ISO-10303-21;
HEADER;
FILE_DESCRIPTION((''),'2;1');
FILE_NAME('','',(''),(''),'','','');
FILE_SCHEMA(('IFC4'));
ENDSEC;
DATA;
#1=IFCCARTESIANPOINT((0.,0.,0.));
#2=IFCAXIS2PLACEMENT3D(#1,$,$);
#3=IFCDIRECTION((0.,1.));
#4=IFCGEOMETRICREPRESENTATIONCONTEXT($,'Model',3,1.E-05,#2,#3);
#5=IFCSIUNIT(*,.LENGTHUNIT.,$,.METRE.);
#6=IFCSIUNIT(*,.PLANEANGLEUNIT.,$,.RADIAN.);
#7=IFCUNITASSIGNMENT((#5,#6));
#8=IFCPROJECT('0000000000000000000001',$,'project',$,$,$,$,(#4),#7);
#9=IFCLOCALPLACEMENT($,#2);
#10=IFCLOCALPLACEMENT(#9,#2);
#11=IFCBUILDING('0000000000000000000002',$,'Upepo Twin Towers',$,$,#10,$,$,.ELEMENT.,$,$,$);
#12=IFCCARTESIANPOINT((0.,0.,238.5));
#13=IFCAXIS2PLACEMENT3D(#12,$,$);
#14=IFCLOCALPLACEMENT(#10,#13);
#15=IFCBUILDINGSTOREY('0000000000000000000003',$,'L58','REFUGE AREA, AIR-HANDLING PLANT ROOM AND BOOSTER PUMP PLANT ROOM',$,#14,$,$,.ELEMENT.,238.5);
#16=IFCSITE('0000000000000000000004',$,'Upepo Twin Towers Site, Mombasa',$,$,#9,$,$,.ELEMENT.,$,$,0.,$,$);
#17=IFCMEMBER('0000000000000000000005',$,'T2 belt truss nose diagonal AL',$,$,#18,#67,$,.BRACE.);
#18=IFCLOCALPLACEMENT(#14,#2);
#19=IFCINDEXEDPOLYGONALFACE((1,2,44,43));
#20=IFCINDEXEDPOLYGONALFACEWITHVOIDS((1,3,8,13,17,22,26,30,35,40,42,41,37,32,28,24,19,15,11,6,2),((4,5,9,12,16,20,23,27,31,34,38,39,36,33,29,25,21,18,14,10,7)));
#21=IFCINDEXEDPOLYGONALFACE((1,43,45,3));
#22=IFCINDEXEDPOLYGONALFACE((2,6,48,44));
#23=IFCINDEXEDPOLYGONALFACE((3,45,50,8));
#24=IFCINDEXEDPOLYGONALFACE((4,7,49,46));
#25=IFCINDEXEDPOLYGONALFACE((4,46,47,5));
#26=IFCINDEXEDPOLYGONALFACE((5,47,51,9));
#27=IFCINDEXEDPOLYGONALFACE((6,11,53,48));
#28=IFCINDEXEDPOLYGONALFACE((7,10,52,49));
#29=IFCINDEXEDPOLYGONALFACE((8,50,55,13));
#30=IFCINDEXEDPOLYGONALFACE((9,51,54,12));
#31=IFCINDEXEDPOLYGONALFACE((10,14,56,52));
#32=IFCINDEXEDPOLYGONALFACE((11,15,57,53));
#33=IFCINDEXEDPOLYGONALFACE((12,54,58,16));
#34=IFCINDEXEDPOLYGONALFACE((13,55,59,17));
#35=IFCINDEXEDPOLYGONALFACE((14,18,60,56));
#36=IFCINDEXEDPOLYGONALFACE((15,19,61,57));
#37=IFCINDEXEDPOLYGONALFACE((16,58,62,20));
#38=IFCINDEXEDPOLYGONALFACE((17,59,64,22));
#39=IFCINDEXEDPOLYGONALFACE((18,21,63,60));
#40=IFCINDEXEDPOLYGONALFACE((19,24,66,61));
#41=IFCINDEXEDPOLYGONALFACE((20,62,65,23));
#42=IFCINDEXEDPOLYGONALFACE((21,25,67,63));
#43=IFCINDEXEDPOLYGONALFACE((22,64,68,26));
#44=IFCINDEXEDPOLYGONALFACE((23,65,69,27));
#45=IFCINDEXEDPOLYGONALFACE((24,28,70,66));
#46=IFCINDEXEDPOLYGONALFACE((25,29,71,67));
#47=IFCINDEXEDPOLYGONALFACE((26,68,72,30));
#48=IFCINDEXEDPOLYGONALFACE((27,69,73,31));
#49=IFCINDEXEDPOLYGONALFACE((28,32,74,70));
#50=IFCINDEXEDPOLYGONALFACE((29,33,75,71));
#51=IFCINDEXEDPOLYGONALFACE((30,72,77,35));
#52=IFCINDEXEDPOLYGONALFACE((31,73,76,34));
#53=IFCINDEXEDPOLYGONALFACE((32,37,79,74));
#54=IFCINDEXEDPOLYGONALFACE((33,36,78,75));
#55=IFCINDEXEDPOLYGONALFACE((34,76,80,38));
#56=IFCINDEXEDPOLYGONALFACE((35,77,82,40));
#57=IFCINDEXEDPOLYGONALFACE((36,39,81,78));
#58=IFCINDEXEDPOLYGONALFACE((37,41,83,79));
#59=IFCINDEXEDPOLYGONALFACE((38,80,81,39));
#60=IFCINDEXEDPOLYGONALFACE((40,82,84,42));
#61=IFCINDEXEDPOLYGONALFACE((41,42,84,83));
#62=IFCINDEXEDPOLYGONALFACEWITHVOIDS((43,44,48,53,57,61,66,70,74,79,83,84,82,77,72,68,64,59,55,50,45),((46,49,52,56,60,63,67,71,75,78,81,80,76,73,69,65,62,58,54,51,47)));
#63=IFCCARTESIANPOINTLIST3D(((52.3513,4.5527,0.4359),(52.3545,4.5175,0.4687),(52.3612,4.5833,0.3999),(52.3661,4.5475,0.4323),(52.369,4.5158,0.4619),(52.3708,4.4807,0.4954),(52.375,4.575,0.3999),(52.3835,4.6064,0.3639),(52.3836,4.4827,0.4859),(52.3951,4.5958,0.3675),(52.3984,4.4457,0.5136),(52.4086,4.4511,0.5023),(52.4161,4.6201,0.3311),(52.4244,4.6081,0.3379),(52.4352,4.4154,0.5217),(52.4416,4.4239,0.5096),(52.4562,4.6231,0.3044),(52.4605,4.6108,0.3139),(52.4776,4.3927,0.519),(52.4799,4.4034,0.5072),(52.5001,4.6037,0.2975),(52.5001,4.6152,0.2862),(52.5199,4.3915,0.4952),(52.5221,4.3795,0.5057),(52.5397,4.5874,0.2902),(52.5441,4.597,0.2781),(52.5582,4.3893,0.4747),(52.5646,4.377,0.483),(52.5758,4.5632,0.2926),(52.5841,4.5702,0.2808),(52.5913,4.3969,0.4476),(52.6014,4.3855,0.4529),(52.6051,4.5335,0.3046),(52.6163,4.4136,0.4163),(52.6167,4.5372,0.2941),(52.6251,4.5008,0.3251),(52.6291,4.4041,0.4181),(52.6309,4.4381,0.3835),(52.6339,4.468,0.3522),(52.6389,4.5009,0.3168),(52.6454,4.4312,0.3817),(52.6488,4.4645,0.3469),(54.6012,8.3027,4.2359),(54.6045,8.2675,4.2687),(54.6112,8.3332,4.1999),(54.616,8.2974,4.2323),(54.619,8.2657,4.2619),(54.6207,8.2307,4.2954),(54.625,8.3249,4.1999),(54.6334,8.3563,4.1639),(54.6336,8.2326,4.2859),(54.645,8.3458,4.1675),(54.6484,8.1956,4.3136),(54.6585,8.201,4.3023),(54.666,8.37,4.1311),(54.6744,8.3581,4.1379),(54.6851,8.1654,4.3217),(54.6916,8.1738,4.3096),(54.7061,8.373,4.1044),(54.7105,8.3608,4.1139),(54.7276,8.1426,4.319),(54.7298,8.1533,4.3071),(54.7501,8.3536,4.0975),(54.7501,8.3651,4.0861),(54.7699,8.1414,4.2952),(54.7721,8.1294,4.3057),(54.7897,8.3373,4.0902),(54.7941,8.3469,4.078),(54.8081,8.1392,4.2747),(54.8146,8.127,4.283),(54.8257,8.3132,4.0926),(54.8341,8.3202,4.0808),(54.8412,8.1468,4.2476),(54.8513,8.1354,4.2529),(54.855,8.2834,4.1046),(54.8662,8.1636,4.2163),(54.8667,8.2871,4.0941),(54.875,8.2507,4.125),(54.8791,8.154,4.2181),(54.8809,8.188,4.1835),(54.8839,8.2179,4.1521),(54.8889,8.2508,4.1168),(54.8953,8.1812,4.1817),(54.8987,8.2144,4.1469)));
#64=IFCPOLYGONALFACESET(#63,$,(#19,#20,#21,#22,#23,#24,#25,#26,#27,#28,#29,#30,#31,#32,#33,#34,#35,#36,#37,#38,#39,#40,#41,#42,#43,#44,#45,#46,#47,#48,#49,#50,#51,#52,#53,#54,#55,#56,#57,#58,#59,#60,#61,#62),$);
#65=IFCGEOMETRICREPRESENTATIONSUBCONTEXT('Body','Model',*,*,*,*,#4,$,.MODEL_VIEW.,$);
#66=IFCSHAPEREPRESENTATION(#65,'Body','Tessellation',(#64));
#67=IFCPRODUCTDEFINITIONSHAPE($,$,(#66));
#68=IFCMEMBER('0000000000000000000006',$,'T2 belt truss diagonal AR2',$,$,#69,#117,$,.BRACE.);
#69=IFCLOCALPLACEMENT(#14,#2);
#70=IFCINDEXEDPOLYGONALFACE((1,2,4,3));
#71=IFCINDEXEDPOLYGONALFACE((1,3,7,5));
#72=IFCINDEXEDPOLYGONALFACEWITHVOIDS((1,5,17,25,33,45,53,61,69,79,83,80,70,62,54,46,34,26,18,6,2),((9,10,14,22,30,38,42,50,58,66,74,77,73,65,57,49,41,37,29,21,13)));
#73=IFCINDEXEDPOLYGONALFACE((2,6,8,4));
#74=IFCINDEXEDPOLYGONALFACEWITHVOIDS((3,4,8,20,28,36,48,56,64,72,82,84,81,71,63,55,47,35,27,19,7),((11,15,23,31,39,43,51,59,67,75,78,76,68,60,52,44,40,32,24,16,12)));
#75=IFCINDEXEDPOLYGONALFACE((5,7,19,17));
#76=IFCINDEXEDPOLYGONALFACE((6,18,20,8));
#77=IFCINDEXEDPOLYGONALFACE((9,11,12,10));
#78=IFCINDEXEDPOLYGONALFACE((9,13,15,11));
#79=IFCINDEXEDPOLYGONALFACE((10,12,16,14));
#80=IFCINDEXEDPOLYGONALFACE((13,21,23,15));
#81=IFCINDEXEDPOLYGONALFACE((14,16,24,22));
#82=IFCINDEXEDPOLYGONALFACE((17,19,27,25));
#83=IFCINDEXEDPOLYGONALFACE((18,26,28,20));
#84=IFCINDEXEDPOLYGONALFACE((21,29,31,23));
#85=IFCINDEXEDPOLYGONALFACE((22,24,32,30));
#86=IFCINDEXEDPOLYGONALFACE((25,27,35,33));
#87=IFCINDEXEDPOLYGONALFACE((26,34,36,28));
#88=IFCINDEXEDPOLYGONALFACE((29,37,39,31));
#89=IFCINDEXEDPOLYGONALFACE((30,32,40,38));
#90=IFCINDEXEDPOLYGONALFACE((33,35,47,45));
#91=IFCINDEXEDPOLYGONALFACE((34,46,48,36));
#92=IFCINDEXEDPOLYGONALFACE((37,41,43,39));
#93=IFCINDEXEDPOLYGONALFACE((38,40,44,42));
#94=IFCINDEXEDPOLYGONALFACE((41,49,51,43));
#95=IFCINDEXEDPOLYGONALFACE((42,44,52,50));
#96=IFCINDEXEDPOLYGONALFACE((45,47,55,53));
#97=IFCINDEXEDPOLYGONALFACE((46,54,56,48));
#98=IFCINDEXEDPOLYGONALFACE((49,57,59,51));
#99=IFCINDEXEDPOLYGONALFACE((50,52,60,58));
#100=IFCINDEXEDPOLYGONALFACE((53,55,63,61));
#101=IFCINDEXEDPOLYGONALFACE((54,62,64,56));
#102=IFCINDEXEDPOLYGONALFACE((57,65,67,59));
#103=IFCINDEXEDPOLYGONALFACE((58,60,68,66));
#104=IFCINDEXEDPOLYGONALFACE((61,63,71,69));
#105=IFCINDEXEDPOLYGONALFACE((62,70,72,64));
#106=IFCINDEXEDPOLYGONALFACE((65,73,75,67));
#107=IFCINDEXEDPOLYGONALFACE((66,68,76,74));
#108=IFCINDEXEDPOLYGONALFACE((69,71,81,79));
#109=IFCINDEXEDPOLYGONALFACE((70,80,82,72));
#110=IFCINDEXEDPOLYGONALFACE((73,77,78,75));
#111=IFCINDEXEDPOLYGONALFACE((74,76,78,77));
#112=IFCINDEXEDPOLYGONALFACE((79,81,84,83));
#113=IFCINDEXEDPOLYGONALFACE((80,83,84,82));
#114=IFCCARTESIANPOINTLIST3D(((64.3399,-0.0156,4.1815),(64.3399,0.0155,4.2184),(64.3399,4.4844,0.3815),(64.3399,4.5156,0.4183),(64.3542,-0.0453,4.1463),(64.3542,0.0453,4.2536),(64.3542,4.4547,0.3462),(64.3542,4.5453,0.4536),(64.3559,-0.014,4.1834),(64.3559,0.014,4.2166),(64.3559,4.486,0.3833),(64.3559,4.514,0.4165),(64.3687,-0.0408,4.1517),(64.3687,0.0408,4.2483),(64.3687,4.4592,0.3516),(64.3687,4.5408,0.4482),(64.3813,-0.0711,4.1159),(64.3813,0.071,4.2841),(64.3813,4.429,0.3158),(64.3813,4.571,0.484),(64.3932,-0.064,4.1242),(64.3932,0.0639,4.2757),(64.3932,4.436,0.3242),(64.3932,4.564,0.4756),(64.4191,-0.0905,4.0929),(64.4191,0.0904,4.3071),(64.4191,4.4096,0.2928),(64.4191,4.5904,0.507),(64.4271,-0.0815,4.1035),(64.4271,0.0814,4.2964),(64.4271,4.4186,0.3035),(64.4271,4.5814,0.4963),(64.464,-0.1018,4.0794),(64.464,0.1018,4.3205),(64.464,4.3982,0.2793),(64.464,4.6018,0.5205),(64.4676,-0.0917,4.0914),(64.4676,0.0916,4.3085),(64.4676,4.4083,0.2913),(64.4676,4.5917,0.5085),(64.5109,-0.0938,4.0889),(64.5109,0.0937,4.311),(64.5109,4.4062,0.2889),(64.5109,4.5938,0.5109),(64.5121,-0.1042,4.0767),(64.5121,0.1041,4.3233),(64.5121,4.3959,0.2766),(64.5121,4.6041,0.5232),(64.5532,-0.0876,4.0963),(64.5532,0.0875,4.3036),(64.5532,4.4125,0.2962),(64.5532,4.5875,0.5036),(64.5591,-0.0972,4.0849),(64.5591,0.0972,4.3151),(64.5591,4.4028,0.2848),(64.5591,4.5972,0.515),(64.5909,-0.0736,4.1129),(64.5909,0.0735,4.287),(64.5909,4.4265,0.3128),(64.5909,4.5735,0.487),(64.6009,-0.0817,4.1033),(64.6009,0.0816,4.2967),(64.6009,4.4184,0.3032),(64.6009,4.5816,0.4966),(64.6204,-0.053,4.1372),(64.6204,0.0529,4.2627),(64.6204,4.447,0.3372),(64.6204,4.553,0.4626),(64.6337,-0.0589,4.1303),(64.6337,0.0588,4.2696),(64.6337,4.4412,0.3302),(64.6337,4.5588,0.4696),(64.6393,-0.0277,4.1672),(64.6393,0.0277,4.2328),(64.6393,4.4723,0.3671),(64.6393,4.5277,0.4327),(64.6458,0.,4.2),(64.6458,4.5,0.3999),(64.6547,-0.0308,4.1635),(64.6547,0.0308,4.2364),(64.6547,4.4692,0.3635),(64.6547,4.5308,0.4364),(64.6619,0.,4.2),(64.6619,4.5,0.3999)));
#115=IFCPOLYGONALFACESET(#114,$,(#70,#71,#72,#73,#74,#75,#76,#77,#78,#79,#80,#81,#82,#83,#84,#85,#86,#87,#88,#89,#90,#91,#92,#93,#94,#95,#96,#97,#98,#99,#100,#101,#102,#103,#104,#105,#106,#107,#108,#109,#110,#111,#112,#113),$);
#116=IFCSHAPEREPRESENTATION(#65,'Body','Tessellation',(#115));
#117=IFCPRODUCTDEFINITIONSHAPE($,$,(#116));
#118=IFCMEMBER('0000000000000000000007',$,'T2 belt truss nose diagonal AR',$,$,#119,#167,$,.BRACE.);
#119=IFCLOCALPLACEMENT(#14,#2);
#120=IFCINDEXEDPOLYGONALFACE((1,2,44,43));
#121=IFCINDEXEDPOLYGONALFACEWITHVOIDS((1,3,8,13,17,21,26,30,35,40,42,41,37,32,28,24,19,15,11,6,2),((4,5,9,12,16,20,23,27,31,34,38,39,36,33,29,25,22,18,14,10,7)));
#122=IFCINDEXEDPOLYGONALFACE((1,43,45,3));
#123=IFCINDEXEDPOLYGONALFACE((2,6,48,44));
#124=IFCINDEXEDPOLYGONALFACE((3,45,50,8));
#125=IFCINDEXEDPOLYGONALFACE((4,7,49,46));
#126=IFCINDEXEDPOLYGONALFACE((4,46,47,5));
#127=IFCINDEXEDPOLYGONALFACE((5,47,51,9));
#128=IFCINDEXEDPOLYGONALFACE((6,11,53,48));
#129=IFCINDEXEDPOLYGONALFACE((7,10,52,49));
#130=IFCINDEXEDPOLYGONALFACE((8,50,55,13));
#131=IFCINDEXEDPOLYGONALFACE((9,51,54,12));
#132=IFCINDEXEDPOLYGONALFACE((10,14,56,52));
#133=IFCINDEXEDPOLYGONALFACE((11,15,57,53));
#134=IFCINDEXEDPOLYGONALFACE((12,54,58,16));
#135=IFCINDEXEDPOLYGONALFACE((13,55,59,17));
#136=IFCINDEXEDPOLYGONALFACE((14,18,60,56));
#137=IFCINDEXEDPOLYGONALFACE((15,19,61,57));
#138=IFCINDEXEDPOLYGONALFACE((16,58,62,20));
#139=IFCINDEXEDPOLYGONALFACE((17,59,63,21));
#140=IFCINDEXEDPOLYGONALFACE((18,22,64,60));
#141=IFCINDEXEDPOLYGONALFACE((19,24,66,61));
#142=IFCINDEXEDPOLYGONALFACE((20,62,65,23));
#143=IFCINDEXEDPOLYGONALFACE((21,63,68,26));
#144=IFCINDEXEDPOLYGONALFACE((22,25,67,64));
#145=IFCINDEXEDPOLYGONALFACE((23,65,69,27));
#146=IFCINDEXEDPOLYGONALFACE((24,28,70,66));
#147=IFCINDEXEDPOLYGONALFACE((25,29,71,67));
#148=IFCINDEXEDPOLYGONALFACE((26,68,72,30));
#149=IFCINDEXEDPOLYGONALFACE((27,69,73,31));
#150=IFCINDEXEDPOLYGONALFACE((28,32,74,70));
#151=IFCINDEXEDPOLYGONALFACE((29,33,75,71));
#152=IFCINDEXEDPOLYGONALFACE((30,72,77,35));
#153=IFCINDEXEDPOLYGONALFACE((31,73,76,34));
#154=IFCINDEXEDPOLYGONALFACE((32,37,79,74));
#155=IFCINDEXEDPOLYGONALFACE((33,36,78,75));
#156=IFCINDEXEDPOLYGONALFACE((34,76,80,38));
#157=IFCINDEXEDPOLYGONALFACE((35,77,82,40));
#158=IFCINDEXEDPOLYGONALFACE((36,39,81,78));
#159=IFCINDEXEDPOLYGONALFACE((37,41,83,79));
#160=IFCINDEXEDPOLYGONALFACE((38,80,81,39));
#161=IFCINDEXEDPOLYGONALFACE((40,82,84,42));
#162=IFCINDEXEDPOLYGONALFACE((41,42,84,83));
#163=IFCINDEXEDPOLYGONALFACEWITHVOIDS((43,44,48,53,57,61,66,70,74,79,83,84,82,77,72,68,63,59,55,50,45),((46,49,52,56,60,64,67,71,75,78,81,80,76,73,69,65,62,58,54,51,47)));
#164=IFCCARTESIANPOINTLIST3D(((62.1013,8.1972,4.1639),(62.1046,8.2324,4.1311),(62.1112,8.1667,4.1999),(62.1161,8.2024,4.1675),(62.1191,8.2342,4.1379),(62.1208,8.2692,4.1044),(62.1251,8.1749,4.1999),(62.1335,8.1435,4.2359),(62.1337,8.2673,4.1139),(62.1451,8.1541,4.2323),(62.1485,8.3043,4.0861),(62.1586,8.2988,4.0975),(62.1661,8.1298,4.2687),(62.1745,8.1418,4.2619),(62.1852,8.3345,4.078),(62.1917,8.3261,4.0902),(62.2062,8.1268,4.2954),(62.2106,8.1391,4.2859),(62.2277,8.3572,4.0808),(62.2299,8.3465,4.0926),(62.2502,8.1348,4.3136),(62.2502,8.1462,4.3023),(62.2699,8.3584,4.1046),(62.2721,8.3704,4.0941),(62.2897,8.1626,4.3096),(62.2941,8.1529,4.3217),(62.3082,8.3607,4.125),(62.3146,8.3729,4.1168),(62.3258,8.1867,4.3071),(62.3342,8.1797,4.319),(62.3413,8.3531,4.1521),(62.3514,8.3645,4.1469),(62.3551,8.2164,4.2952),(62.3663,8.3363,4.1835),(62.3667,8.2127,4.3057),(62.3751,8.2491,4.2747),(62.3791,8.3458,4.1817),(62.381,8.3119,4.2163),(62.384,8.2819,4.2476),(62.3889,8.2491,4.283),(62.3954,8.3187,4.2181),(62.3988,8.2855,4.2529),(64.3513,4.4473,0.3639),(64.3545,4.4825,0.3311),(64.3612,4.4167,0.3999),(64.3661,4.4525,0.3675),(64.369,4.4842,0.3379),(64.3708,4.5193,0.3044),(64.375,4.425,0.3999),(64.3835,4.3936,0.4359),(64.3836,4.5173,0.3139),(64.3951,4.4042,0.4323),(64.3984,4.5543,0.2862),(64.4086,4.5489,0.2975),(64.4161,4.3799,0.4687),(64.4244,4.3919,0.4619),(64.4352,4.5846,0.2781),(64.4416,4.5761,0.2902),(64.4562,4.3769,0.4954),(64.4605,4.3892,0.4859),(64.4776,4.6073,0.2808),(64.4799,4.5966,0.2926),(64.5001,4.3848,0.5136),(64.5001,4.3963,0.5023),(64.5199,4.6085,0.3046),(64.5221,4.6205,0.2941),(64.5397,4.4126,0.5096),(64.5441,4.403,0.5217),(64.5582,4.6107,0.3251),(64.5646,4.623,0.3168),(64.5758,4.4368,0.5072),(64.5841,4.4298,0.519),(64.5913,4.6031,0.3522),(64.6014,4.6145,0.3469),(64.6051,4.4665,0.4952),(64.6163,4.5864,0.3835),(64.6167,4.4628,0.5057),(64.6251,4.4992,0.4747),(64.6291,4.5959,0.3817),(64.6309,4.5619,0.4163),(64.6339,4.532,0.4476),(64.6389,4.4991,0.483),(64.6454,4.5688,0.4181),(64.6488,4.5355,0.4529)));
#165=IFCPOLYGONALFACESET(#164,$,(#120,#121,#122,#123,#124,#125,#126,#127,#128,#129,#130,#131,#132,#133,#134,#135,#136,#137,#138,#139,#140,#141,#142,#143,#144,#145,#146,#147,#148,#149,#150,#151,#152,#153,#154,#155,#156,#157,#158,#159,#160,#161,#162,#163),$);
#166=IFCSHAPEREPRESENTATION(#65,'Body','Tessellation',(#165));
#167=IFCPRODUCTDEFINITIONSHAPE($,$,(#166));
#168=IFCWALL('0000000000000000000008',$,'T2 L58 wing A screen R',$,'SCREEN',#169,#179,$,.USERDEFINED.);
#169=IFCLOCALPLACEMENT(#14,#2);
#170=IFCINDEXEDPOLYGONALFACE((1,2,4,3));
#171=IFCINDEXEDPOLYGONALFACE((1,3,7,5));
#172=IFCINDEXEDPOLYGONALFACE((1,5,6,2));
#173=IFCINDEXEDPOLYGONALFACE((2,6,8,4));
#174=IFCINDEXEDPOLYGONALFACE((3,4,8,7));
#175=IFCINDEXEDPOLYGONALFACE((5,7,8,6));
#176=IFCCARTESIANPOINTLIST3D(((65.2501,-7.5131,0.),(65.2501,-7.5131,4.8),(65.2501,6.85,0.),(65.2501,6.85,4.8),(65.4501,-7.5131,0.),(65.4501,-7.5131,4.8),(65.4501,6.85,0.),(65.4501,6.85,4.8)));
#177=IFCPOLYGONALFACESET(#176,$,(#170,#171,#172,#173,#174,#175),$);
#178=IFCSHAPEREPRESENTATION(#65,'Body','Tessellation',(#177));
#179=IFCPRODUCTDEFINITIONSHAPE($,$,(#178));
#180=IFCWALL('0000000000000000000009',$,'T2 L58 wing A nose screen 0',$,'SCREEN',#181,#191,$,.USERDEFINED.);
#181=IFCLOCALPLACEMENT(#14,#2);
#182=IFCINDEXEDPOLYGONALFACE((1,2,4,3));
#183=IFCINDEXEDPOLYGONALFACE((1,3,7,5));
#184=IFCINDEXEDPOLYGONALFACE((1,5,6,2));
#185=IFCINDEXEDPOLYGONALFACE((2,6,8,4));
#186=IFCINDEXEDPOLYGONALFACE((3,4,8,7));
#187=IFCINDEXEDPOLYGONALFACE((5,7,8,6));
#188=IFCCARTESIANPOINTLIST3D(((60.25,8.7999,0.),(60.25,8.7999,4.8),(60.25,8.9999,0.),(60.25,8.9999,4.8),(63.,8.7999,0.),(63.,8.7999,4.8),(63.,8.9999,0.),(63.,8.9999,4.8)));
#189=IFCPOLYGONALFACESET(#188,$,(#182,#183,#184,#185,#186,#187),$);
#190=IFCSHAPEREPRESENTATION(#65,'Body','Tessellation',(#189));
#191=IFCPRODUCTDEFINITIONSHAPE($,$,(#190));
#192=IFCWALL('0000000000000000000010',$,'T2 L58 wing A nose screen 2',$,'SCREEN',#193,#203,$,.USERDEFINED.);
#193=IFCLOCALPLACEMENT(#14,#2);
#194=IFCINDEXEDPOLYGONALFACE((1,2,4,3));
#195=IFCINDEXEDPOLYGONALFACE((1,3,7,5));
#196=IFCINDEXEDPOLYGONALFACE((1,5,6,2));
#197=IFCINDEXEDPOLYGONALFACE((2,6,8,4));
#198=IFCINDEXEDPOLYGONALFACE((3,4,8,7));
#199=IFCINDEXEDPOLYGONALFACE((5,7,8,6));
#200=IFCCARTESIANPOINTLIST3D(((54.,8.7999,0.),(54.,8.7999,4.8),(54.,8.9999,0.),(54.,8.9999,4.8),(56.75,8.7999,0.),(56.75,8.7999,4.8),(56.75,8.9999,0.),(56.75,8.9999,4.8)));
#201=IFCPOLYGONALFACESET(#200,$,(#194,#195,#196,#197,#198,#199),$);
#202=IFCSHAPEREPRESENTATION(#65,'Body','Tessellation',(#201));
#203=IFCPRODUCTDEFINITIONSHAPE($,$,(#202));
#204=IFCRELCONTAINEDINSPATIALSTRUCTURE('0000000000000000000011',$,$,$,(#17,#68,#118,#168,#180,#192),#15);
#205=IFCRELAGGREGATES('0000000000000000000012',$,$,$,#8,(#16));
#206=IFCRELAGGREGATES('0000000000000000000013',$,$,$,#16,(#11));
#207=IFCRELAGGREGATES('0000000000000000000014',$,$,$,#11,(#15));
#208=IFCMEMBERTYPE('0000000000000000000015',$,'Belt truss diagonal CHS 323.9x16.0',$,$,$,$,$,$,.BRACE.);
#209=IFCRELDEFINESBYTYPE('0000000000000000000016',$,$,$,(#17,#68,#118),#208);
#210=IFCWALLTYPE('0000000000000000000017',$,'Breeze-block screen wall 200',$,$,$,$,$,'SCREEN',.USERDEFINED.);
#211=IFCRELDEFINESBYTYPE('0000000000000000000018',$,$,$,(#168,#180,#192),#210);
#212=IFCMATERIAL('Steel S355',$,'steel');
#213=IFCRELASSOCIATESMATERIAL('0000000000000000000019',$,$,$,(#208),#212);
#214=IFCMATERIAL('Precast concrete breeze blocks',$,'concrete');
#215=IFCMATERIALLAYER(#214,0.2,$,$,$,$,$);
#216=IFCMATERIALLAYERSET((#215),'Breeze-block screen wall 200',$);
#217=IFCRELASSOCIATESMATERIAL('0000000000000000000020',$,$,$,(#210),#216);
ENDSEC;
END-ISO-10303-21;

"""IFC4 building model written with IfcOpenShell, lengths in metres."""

from ifc_helpers import new_model, si_unit, direction, frame, frame_2d, origin, origin_2d, place, context, subcontext, project, spatial, rectangle, hollow_circle, extrude, material, layer, layer_set, material_profile, profile_set, type_object, element, save


model = new_model("IFC4")

# Units and contexts
model_context = context("Model", 3, precision=1e-05, world=origin(), true_north=direction((0.0, 1.0)))
body_context = subcontext(model_context, "Body", "Model", "MODEL_VIEW")
ifc_project = project(units=[si_unit("LENGTHUNIT", "METRE"), si_unit("PLANEANGLEUNIT", "RADIAN")], contexts=[model_context])

# Site, building, storey
site_placement = place(None, origin())
site = spatial("IfcSite", under=ifc_project, at=site_placement, Name="Upepo Twin Towers Site, Mombasa", CompositionType="ELEMENT", RefElevation=0.0)
building_placement = place(site_placement, origin())
building = spatial("IfcBuilding", under=site, at=building_placement, Name="Upepo Twin Towers", CompositionType="ELEMENT")
storey_placement = place(building_placement, frame((0.0, 0.0, 238.5)))
storey = spatial("IfcBuildingStorey", under=building, at=storey_placement, Name="L58", Description="REFUGE AREA, AIR-HANDLING PLANT ROOM AND BOOSTER PUMP PLANT ROOM", CompositionType="ELEMENT", Elevation=238.5)

# Members
ifc_material_1 = material(Name="Steel S355", Category="steel")
ifc_material_profile_1 = material_profile(ifc_material_1, hollow_circle(Radius=0.1619, WallThickness=0.0161, at=origin_2d()), Name="CHS 323.9x16.0")
ifc_profile_set_1 = profile_set([ifc_material_profile_1], Name="Steel S355")
member_type = type_object("IfcMemberType", Name="Belt truss diagonal CHS 323.9x16.0", PredefinedType="BRACE", material=ifc_profile_set_1)
member_1_placement = place(storey_placement, frame((52.5, 4.5, 0.3999), z_axis=(0.388362, 0.64727, 0.655909), x_axis=(-0.857493, 0.514496, 0.0)))
element("IfcMember", 1, at=member_1_placement, inside=storey, type_object=member_type, Name="T2 belt truss nose diagonal AL", PredefinedType="BRACE", context=body_context, shape_type="SweptSolid", body=[
    extrude(hollow_circle(Radius=0.1619, WallThickness=0.0161, at=origin_2d()), origin(), (0.0, 0.0, 1.0), 5.7935),
])
member_2_placement = place(storey_placement, frame((64.5, 4.5, 0.3999), z_axis=(0.0, -0.764026, 0.645186), x_axis=(1.0, 0.0, 0.0)))
element("IfcMember", 2, at=member_2_placement, inside=storey, type_object=member_type, Name="T2 belt truss diagonal AR2", PredefinedType="BRACE", context=body_context, shape_type="SweptSolid", body=[
    extrude(hollow_circle(Radius=0.1619, WallThickness=0.0161, at=origin_2d()), origin(), (0.0, 0.0, 1.0), 5.8899),
])
member_3_placement = place(storey_placement, frame((64.5, 4.5, 0.3999), z_axis=(-0.388362, 0.64727, 0.655909), x_axis=(-0.857493, -0.514496, 0.0)))
element("IfcMember", 3, at=member_3_placement, inside=storey, type_object=member_type, Name="T2 belt truss nose diagonal AR", PredefinedType="BRACE", context=body_context, shape_type="SweptSolid", body=[
    extrude(hollow_circle(Radius=0.1619, WallThickness=0.0161, at=origin_2d()), origin(), (0.0, 0.0, 1.0), 5.7935),
])

# Walls
ifc_material_2 = material(Name="Precast concrete breeze blocks", Category="concrete")
ifc_layer_1 = layer(ifc_material_2, 0.2)
ifc_layer_set_1 = layer_set([ifc_layer_1], Name="Breeze-block screen wall 200")
wall_type_1 = type_object("IfcWallType", Name="Breeze-block screen wall 200", ElementType="SCREEN", PredefinedType="USERDEFINED", material=ifc_layer_set_1)
wall_1_placement = place(storey_placement, frame((65.3501, 6.8501, 0.0), z_axis=(0.0, 0.0, 1.0), x_axis=(0.0, -1.0, 0.0)))
element("IfcWall", 4, at=wall_1_placement, inside=storey, type_object=wall_type_1, Name="T2 L58 wing A screen R", ObjectType="SCREEN", PredefinedType="USERDEFINED", context=body_context, shape_type="SweptSolid", body=[
    extrude(rectangle(XDim=14.363, YDim=0.2, at=frame_2d((7.1816, 0.0))), origin(), (0.0, 0.0, 1.0), 4.8),
])
for number, where, z_axis, x_axis, name in (
    (5, (63.0, 8.8999, 0.0), (0.0, 0.0, 1.0), (-1.0, 0.0, 0.0), "T2 L58 wing A nose screen 0"),
    (6, (56.75, 8.8999, 0.0), (0.0, 0.0, 1.0), (-1.0, 0.0, 0.0), "T2 L58 wing A nose screen 2"),
):
    element("IfcWall", number, at=place(storey_placement, frame(where, z_axis=z_axis, x_axis=x_axis)), inside=storey, type_object=wall_type_1, Name=name, ObjectType="SCREEN", PredefinedType="USERDEFINED", context=body_context, shape_type="SweptSolid", body=[
        extrude(rectangle(XDim=2.75, YDim=0.2, at=frame_2d((1.375, 0.0))), origin(), (0.0, 0.0, 1.0), 4.8),
    ])

save(model, "model.ifc")
